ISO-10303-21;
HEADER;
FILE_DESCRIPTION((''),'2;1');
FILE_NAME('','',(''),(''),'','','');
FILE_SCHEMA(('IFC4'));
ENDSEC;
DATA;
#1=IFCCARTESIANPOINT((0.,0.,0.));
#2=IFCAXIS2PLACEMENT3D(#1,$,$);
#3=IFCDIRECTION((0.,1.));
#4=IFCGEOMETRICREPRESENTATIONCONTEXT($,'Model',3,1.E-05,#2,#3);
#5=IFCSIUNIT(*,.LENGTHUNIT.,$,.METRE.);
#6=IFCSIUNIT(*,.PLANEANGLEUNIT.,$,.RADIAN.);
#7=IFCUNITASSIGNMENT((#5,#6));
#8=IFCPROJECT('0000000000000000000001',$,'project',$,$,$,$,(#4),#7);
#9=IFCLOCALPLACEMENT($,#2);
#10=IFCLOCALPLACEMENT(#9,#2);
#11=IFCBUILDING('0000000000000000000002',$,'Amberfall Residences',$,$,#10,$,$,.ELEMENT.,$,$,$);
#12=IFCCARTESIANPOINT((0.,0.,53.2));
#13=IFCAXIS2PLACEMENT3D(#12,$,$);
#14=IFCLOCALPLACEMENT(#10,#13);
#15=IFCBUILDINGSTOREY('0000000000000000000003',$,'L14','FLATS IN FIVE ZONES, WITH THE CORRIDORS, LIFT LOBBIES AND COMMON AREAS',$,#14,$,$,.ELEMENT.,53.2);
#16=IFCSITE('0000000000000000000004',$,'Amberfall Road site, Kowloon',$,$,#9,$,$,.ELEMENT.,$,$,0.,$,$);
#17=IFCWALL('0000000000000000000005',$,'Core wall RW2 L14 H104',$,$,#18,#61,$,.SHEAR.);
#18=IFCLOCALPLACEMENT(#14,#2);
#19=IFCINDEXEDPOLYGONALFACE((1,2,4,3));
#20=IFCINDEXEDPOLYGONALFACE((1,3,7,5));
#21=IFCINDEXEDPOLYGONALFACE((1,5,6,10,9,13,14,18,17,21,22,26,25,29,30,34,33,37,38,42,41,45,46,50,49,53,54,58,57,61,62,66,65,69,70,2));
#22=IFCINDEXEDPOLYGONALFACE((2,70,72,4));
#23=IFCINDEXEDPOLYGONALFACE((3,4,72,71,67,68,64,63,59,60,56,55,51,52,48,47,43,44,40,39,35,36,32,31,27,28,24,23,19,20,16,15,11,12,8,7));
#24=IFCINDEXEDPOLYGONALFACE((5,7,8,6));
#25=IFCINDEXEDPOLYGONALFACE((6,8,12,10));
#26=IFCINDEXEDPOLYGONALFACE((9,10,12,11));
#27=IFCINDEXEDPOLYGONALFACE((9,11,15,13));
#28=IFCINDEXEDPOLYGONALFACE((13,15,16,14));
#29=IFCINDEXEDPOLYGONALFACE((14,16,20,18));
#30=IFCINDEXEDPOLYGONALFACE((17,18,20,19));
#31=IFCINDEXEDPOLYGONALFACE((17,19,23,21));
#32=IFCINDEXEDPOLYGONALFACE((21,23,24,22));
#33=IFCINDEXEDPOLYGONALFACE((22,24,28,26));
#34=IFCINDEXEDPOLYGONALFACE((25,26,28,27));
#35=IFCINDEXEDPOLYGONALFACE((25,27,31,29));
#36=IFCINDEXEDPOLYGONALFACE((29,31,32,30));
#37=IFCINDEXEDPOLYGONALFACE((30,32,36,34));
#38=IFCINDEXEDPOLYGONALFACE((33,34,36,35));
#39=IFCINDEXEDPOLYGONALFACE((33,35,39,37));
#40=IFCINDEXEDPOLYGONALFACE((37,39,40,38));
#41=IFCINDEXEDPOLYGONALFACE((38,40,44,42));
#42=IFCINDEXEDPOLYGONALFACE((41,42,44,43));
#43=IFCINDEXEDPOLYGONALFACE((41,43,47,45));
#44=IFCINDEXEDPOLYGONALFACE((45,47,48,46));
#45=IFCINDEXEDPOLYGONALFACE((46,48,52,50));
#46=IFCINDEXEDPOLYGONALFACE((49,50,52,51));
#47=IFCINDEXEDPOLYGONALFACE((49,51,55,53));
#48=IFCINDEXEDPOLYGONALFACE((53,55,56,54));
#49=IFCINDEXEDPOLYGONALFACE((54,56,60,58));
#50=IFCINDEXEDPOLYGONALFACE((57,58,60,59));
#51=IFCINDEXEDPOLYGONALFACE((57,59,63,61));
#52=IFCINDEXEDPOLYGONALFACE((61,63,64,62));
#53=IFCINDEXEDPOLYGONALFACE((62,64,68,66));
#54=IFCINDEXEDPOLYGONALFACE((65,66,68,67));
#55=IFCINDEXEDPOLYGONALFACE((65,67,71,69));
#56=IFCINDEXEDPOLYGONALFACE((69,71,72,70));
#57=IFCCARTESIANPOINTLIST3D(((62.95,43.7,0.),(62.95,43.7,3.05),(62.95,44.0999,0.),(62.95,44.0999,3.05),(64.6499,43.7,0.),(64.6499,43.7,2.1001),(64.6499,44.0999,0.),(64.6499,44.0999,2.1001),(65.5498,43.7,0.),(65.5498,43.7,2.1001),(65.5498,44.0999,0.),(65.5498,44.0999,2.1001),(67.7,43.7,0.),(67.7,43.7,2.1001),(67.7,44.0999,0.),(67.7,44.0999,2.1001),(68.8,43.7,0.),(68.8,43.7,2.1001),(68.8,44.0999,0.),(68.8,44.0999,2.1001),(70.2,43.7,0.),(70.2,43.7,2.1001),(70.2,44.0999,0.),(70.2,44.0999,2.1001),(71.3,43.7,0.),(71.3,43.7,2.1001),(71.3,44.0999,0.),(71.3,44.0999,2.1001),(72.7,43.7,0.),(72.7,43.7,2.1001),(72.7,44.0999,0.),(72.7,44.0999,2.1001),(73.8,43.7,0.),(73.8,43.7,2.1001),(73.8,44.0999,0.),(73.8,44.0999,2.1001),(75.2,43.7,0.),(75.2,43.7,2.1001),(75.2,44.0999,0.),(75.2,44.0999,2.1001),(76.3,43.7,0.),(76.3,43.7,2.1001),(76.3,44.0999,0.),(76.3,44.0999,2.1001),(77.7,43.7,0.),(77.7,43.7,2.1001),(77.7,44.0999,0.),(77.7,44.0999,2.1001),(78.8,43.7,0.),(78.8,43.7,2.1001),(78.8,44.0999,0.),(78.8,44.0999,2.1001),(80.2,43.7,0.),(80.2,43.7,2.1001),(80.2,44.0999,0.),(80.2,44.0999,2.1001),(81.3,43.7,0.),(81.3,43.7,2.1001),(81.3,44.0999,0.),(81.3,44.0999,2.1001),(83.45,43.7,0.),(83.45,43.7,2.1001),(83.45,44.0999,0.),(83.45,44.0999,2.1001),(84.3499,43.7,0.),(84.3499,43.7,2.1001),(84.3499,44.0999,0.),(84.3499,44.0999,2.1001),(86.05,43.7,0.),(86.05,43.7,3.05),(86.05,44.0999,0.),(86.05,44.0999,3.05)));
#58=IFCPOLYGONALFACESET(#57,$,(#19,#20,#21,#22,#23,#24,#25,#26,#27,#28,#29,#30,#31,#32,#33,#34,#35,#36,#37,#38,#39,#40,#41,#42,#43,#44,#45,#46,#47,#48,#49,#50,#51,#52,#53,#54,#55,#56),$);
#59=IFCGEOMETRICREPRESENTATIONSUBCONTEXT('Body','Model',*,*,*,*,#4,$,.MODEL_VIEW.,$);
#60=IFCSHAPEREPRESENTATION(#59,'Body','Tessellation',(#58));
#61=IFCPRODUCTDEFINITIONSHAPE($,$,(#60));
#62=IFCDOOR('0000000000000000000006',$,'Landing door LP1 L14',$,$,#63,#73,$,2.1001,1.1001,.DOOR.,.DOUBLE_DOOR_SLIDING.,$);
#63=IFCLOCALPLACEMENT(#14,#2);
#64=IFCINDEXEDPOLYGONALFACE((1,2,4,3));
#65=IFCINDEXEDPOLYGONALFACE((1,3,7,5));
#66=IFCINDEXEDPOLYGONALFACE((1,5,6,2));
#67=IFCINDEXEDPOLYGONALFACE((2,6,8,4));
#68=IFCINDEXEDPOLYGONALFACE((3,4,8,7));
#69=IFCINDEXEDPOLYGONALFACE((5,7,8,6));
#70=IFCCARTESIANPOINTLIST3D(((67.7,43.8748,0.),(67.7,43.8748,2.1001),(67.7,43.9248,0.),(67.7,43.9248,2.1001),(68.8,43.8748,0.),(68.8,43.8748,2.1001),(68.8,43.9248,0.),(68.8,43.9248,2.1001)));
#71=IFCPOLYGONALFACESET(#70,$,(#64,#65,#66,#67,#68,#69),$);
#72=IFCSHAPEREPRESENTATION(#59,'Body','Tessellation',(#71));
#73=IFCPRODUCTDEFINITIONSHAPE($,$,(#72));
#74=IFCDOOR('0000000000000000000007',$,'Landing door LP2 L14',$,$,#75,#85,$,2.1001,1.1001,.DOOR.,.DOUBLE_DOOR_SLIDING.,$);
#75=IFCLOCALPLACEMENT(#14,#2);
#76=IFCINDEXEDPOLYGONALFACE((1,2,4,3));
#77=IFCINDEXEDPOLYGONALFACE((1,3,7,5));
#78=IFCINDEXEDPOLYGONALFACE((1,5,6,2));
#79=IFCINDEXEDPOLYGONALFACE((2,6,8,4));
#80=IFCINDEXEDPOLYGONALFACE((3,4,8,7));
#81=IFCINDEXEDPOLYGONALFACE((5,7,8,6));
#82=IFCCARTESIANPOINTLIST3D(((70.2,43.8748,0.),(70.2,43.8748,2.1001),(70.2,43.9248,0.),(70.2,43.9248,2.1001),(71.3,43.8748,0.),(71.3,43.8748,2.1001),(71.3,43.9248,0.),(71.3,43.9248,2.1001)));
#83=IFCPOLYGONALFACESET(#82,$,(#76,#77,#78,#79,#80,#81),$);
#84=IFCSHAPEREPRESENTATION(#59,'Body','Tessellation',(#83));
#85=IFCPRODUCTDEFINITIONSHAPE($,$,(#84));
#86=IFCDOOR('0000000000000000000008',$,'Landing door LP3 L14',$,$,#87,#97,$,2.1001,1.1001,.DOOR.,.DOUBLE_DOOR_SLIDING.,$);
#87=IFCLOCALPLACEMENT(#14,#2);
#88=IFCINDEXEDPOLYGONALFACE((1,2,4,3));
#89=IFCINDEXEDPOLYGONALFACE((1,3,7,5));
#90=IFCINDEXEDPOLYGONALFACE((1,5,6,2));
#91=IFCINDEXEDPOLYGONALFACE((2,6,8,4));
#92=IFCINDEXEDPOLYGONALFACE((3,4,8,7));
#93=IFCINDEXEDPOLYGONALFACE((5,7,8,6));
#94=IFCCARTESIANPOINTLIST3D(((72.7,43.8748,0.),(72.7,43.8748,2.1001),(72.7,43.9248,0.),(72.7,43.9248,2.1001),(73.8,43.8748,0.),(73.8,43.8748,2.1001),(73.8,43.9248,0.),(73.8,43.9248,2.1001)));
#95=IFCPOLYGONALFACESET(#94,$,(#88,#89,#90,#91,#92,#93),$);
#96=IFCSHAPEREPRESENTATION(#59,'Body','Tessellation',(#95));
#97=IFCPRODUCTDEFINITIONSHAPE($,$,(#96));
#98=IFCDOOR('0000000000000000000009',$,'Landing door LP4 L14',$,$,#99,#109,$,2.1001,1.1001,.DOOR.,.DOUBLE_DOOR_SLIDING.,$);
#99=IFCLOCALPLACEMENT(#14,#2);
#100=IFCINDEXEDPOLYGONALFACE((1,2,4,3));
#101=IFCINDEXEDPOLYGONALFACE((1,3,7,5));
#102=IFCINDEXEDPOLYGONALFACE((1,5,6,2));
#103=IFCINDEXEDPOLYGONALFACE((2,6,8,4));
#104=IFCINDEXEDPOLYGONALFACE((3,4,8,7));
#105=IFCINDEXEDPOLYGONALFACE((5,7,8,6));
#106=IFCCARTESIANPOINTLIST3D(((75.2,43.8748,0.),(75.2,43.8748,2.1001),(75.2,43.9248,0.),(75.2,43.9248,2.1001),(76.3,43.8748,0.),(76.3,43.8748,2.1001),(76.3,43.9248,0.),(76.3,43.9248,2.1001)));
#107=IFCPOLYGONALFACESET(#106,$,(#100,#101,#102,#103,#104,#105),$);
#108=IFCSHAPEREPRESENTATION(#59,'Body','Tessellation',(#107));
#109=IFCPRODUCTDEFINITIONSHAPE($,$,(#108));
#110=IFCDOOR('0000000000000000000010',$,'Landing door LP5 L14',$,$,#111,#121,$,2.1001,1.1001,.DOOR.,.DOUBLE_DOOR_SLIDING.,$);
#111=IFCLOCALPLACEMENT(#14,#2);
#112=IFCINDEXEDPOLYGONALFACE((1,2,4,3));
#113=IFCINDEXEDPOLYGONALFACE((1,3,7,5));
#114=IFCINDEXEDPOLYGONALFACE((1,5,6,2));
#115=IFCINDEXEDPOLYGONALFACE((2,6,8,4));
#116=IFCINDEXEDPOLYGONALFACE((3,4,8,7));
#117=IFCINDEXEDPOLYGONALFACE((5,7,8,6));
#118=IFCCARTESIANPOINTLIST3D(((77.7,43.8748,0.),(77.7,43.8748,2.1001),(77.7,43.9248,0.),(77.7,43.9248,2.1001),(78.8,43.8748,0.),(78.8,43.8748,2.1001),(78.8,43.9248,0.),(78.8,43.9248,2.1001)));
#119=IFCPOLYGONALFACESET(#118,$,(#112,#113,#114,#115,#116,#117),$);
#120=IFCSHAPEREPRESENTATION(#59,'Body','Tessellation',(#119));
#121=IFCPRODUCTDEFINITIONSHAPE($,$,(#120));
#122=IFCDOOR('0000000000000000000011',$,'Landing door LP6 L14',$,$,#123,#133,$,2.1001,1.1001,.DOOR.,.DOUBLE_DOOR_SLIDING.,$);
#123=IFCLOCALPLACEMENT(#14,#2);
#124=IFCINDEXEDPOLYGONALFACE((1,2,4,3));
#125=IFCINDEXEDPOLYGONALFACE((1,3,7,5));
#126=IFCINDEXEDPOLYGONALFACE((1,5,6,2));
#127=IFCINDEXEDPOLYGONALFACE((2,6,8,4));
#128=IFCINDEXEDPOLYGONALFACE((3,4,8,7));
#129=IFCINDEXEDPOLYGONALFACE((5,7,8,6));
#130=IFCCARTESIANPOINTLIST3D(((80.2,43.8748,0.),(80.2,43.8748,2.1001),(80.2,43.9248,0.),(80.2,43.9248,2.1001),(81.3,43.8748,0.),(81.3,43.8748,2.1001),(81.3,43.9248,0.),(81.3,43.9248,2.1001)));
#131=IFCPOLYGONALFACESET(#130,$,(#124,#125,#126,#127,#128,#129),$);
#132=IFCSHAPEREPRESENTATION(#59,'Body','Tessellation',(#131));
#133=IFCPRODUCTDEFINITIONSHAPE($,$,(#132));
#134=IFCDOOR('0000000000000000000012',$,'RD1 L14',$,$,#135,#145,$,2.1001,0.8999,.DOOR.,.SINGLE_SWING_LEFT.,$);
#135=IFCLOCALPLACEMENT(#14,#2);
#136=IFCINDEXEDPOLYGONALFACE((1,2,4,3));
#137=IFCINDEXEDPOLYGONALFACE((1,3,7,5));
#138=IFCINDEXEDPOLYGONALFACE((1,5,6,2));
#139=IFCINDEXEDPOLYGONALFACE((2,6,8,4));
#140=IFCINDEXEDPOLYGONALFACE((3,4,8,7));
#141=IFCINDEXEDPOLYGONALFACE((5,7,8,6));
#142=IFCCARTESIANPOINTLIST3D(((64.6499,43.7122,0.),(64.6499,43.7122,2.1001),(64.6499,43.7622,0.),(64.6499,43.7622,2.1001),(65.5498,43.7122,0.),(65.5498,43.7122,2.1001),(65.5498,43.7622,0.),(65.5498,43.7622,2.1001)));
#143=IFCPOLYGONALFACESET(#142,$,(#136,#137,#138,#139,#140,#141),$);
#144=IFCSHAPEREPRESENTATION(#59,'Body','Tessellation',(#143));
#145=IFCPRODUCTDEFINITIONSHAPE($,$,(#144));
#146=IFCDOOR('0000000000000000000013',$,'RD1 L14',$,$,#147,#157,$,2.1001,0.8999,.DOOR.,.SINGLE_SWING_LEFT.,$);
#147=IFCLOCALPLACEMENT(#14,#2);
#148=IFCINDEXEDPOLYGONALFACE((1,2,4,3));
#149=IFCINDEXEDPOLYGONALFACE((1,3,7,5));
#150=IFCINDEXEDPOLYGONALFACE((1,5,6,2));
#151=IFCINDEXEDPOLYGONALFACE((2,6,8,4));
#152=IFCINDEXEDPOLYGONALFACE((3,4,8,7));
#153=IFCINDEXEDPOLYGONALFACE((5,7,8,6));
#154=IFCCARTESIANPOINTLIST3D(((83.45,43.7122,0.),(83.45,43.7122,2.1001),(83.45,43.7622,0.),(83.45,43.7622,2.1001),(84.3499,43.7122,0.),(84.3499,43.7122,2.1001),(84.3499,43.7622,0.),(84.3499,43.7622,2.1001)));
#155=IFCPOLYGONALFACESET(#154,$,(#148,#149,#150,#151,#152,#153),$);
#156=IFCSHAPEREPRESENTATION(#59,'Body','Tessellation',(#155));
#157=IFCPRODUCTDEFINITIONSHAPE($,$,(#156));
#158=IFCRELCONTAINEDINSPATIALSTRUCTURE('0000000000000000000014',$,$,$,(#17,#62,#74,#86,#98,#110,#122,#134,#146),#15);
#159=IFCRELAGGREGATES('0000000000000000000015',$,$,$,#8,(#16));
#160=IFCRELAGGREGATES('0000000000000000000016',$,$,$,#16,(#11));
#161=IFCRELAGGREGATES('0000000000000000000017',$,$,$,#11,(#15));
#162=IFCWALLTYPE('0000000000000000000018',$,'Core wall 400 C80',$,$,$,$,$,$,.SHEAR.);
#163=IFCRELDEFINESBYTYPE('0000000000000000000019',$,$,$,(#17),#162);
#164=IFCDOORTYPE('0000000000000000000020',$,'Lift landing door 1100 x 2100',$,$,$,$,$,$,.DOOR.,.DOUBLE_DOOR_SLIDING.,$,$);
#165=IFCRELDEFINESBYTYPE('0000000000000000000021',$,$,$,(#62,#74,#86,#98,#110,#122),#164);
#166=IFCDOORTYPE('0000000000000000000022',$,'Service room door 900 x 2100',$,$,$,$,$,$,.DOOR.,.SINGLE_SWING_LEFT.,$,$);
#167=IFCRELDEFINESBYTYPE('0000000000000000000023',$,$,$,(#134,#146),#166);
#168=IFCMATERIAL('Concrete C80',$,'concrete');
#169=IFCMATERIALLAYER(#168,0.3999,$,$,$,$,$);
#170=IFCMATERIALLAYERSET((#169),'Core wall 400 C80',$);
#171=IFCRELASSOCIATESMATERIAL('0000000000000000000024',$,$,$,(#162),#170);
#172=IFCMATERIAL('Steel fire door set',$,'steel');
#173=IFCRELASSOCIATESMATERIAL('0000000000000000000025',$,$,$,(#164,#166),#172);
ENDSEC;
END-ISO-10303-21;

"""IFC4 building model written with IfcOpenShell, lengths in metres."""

from ifc_helpers import new_model, si_unit, direction, frame, frame_2d, origin, place, context, subcontext, project, spatial, rectangle, extrude, material, layer, layer_set, type_object, element, fill, save


model = new_model("IFC4")

# Units and contexts
model_context = context("Model", 3, precision=1e-05, world=origin(), true_north=direction((0.0, 1.0)))
body_context = subcontext(model_context, "Body", "Model", "MODEL_VIEW")
ifc_project = project(units=[si_unit("LENGTHUNIT", "METRE"), si_unit("PLANEANGLEUNIT", "RADIAN")], contexts=[model_context])

# Site, building, storey
site_placement = place(None, origin())
site = spatial("IfcSite", under=ifc_project, at=site_placement, Name="Amberfall Road site, Kowloon", CompositionType="ELEMENT", RefElevation=0.0)
building_placement = place(site_placement, origin())
building = spatial("IfcBuilding", under=site, at=building_placement, Name="Amberfall Residences", CompositionType="ELEMENT")
storey_placement = place(building_placement, frame((0.0, 0.0, 53.2)))
storey = spatial("IfcBuildingStorey", under=building, at=storey_placement, Name="L14", Description="FLATS IN FIVE ZONES, WITH THE CORRIDORS, LIFT LOBBIES AND COMMON AREAS", CompositionType="ELEMENT", Elevation=53.2)

# Shared definitions
ifc_material_1 = material(Name="Concrete C80", Category="concrete")
ifc_layer_1 = layer(ifc_material_1, 0.3999)
ifc_layer_set_1 = layer_set([ifc_layer_1], Name="Core wall 400 C80")
wall_type_1 = type_object("IfcWallType", Name="Core wall 400 C80", PredefinedType="SHEAR", material=ifc_layer_set_1)

# Wall, openings, doors
wall_1_placement = place(storey_placement, frame((62.95, 43.8999, 0.0), z_axis=(0.0, 0.0, 1.0), x_axis=(1.0, 0.0, 0.0)))
wall_1 = element("IfcWall", 1, at=wall_1_placement, inside=storey, type_object=wall_type_1, Name="Core wall RW2 L14 H104", PredefinedType="SHEAR", context=body_context, shape_type="SweptSolid", body=[
    extrude(rectangle(XDim=23.1001, YDim=0.3999, at=frame_2d((11.55, 0.0))), origin(), (0.0, 0.0, 1.0), 3.05),
])
opening_1_placement = place(wall_1_placement, frame((1.7, 0.0, 0.0)))
opening_1 = element("IfcOpeningElement", 2, at=opening_1_placement, cuts=wall_1, PredefinedType="OPENING", context=body_context, shape_type="SweptSolid", body=[
    extrude(rectangle(XDim=0.8999, YDim=2.1001, at=frame_2d((0.45, 1.05))), frame((0.0, 0.21, 0.0), z_axis=(0.0, -1.0, 0.0), x_axis=(1.0, 0.0, 0.0)), (0.0, 0.0, 1.0), 0.4199),
])
opening_2_placement = place(wall_1_placement, frame((20.5, 0.0, 0.0)))
opening_2 = element("IfcOpeningElement", 3, at=opening_2_placement, cuts=wall_1, PredefinedType="OPENING", context=body_context, shape_type="SweptSolid", body=[
    extrude(rectangle(XDim=0.8999, YDim=2.1001, at=frame_2d((0.45, 1.05))), frame((0.0, 0.21, 0.0), z_axis=(0.0, -1.0, 0.0), x_axis=(1.0, 0.0, 0.0)), (0.0, 0.0, 1.0), 0.4199),
])
opening_3_placement = place(wall_1_placement, frame((4.75, 0.0, 0.0)))
opening_3 = element("IfcOpeningElement", 4, at=opening_3_placement, cuts=wall_1, PredefinedType="OPENING", context=body_context, shape_type="SweptSolid", body=[
    extrude(rectangle(XDim=1.1001, YDim=2.1001, at=frame_2d((0.55, 1.05))), frame((0.0, 0.21, 0.0), z_axis=(0.0, -1.0, 0.0), x_axis=(1.0, 0.0, 0.0)), (0.0, 0.0, 1.0), 0.4199),
])
opening_4_placement = place(wall_1_placement, frame((7.25, 0.0, 0.0)))
opening_4 = element("IfcOpeningElement", 5, at=opening_4_placement, cuts=wall_1, PredefinedType="OPENING", context=body_context, shape_type="SweptSolid", body=[
    extrude(rectangle(XDim=1.1001, YDim=2.1001, at=frame_2d((0.55, 1.05))), frame((0.0, 0.21, 0.0), z_axis=(0.0, -1.0, 0.0), x_axis=(1.0, 0.0, 0.0)), (0.0, 0.0, 1.0), 0.4199),
])
opening_5_placement = place(wall_1_placement, frame((9.75, 0.0, 0.0)))
opening_5 = element("IfcOpeningElement", 6, at=opening_5_placement, cuts=wall_1, PredefinedType="OPENING", context=body_context, shape_type="SweptSolid", body=[
    extrude(rectangle(XDim=1.1001, YDim=2.1001, at=frame_2d((0.55, 1.05))), frame((0.0, 0.21, 0.0), z_axis=(0.0, -1.0, 0.0), x_axis=(1.0, 0.0, 0.0)), (0.0, 0.0, 1.0), 0.4199),
])
opening_6_placement = place(wall_1_placement, frame((12.25, 0.0, 0.0)))
opening_6 = element("IfcOpeningElement", 7, at=opening_6_placement, cuts=wall_1, PredefinedType="OPENING", context=body_context, shape_type="SweptSolid", body=[
    extrude(rectangle(XDim=1.1001, YDim=2.1001, at=frame_2d((0.55, 1.05))), frame((0.0, 0.21, 0.0), z_axis=(0.0, -1.0, 0.0), x_axis=(1.0, 0.0, 0.0)), (0.0, 0.0, 1.0), 0.4199),
])
opening_7_placement = place(wall_1_placement, frame((14.75, 0.0, 0.0)))
opening_7 = element("IfcOpeningElement", 8, at=opening_7_placement, cuts=wall_1, PredefinedType="OPENING", context=body_context, shape_type="SweptSolid", body=[
    extrude(rectangle(XDim=1.1001, YDim=2.1001, at=frame_2d((0.55, 1.05))), frame((0.0, 0.21, 0.0), z_axis=(0.0, -1.0, 0.0), x_axis=(1.0, 0.0, 0.0)), (0.0, 0.0, 1.0), 0.4199),
])
opening_8_placement = place(wall_1_placement, frame((17.25, 0.0, 0.0)))
opening_8 = element("IfcOpeningElement", 9, at=opening_8_placement, cuts=wall_1, PredefinedType="OPENING", context=body_context, shape_type="SweptSolid", body=[
    extrude(rectangle(XDim=1.1001, YDim=2.1001, at=frame_2d((0.55, 1.05))), frame((0.0, 0.21, 0.0), z_axis=(0.0, -1.0, 0.0), x_axis=(1.0, 0.0, 0.0)), (0.0, 0.0, 1.0), 0.4199),
])
ifc_material_2 = material(Name="Steel fire door set", Category="steel")
door_type_1 = type_object("IfcDoorType", Name="Lift landing door 1100 x 2100", OperationType="DOUBLE_DOOR_SLIDING", PredefinedType="DOOR", material=ifc_material_2)
door_1_placement = place(opening_3_placement, origin())
door_1 = element("IfcDoor", 10, at=door_1_placement, inside=storey, type_object=door_type_1, Name="Landing door LP1 L14", OperationType="DOUBLE_DOOR_SLIDING", OverallHeight=2.1001, OverallWidth=1.1001, PredefinedType="DOOR", context=body_context, shape_type="SweptSolid", body=[
    extrude(rectangle(XDim=1.1001, YDim=2.1001, at=frame_2d((0.55, 1.05))), frame((0.0, 0.0249, 0.0), z_axis=(0.0, -1.0, 0.0), x_axis=(1.0, 0.0, 0.0)), (0.0, 0.0, 1.0), 0.05),
])
fill(opening_3, door_1)
door_2_placement = place(opening_4_placement, origin())
door_2 = element("IfcDoor", 11, at=door_2_placement, inside=storey, type_object=door_type_1, Name="Landing door LP2 L14", OperationType="DOUBLE_DOOR_SLIDING", OverallHeight=2.1001, OverallWidth=1.1001, PredefinedType="DOOR", context=body_context, shape_type="SweptSolid", body=[
    extrude(rectangle(XDim=1.1001, YDim=2.1001, at=frame_2d((0.55, 1.05))), frame((0.0, 0.0249, 0.0), z_axis=(0.0, -1.0, 0.0), x_axis=(1.0, 0.0, 0.0)), (0.0, 0.0, 1.0), 0.05),
])
fill(opening_4, door_2)
door_3_placement = place(opening_5_placement, origin())
door_3 = element("IfcDoor", 12, at=door_3_placement, inside=storey, type_object=door_type_1, Name="Landing door LP3 L14", OperationType="DOUBLE_DOOR_SLIDING", OverallHeight=2.1001, OverallWidth=1.1001, PredefinedType="DOOR", context=body_context, shape_type="SweptSolid", body=[
    extrude(rectangle(XDim=1.1001, YDim=2.1001, at=frame_2d((0.55, 1.05))), frame((0.0, 0.0249, 0.0), z_axis=(0.0, -1.0, 0.0), x_axis=(1.0, 0.0, 0.0)), (0.0, 0.0, 1.0), 0.05),
])
fill(opening_5, door_3)
door_4_placement = place(opening_6_placement, origin())
door_4 = element("IfcDoor", 13, at=door_4_placement, inside=storey, type_object=door_type_1, Name="Landing door LP4 L14", OperationType="DOUBLE_DOOR_SLIDING", OverallHeight=2.1001, OverallWidth=1.1001, PredefinedType="DOOR", context=body_context, shape_type="SweptSolid", body=[
    extrude(rectangle(XDim=1.1001, YDim=2.1001, at=frame_2d((0.55, 1.05))), frame((0.0, 0.0249, 0.0), z_axis=(0.0, -1.0, 0.0), x_axis=(1.0, 0.0, 0.0)), (0.0, 0.0, 1.0), 0.05),
])
fill(opening_6, door_4)
door_5_placement = place(opening_7_placement, origin())
door_5 = element("IfcDoor", 14, at=door_5_placement, inside=storey, type_object=door_type_1, Name="Landing door LP5 L14", OperationType="DOUBLE_DOOR_SLIDING", OverallHeight=2.1001, OverallWidth=1.1001, PredefinedType="DOOR", context=body_context, shape_type="SweptSolid", body=[
    extrude(rectangle(XDim=1.1001, YDim=2.1001, at=frame_2d((0.55, 1.05))), frame((0.0, 0.0249, 0.0), z_axis=(0.0, -1.0, 0.0), x_axis=(1.0, 0.0, 0.0)), (0.0, 0.0, 1.0), 0.05),
])
fill(opening_7, door_5)
door_6_placement = place(opening_8_placement, origin())
door_6 = element("IfcDoor", 15, at=door_6_placement, inside=storey, type_object=door_type_1, Name="Landing door LP6 L14", OperationType="DOUBLE_DOOR_SLIDING", OverallHeight=2.1001, OverallWidth=1.1001, PredefinedType="DOOR", context=body_context, shape_type="SweptSolid", body=[
    extrude(rectangle(XDim=1.1001, YDim=2.1001, at=frame_2d((0.55, 1.05))), frame((0.0, 0.0249, 0.0), z_axis=(0.0, -1.0, 0.0), x_axis=(1.0, 0.0, 0.0)), (0.0, 0.0, 1.0), 0.05),
])
fill(opening_8, door_6)
door_type_2 = type_object("IfcDoorType", Name="Service room door 900 x 2100", OperationType="SINGLE_SWING_LEFT", PredefinedType="DOOR", material=ifc_material_2)
door_7_placement = place(opening_1_placement, origin())
door_7 = element("IfcDoor", 16, at=door_7_placement, inside=storey, type_object=door_type_2, Name="RD1 L14", OperationType="SINGLE_SWING_LEFT", OverallHeight=2.1001, OverallWidth=0.8999, PredefinedType="DOOR", context=body_context, shape_type="SweptSolid", body=[
    extrude(rectangle(XDim=0.8999, YDim=2.1001, at=frame_2d((0.45, 1.05))), frame((0.0, -0.1377, 0.0), z_axis=(0.0, -1.0, 0.0), x_axis=(1.0, 0.0, 0.0)), (0.0, 0.0, 1.0), 0.05),
])
fill(opening_1, door_7)
door_8_placement = place(opening_2_placement, origin())
door_8 = element("IfcDoor", 17, at=door_8_placement, inside=storey, type_object=door_type_2, Name="RD1 L14", OperationType="SINGLE_SWING_LEFT", OverallHeight=2.1001, OverallWidth=0.8999, PredefinedType="DOOR", context=body_context, shape_type="SweptSolid", body=[
    extrude(rectangle(XDim=0.8999, YDim=2.1001, at=frame_2d((0.45, 1.05))), frame((0.0, -0.1377, 0.0), z_axis=(0.0, -1.0, 0.0), x_axis=(1.0, 0.0, 0.0)), (0.0, 0.0, 1.0), 0.05),
])
fill(opening_2, door_8)

save(model, "model.ifc")
